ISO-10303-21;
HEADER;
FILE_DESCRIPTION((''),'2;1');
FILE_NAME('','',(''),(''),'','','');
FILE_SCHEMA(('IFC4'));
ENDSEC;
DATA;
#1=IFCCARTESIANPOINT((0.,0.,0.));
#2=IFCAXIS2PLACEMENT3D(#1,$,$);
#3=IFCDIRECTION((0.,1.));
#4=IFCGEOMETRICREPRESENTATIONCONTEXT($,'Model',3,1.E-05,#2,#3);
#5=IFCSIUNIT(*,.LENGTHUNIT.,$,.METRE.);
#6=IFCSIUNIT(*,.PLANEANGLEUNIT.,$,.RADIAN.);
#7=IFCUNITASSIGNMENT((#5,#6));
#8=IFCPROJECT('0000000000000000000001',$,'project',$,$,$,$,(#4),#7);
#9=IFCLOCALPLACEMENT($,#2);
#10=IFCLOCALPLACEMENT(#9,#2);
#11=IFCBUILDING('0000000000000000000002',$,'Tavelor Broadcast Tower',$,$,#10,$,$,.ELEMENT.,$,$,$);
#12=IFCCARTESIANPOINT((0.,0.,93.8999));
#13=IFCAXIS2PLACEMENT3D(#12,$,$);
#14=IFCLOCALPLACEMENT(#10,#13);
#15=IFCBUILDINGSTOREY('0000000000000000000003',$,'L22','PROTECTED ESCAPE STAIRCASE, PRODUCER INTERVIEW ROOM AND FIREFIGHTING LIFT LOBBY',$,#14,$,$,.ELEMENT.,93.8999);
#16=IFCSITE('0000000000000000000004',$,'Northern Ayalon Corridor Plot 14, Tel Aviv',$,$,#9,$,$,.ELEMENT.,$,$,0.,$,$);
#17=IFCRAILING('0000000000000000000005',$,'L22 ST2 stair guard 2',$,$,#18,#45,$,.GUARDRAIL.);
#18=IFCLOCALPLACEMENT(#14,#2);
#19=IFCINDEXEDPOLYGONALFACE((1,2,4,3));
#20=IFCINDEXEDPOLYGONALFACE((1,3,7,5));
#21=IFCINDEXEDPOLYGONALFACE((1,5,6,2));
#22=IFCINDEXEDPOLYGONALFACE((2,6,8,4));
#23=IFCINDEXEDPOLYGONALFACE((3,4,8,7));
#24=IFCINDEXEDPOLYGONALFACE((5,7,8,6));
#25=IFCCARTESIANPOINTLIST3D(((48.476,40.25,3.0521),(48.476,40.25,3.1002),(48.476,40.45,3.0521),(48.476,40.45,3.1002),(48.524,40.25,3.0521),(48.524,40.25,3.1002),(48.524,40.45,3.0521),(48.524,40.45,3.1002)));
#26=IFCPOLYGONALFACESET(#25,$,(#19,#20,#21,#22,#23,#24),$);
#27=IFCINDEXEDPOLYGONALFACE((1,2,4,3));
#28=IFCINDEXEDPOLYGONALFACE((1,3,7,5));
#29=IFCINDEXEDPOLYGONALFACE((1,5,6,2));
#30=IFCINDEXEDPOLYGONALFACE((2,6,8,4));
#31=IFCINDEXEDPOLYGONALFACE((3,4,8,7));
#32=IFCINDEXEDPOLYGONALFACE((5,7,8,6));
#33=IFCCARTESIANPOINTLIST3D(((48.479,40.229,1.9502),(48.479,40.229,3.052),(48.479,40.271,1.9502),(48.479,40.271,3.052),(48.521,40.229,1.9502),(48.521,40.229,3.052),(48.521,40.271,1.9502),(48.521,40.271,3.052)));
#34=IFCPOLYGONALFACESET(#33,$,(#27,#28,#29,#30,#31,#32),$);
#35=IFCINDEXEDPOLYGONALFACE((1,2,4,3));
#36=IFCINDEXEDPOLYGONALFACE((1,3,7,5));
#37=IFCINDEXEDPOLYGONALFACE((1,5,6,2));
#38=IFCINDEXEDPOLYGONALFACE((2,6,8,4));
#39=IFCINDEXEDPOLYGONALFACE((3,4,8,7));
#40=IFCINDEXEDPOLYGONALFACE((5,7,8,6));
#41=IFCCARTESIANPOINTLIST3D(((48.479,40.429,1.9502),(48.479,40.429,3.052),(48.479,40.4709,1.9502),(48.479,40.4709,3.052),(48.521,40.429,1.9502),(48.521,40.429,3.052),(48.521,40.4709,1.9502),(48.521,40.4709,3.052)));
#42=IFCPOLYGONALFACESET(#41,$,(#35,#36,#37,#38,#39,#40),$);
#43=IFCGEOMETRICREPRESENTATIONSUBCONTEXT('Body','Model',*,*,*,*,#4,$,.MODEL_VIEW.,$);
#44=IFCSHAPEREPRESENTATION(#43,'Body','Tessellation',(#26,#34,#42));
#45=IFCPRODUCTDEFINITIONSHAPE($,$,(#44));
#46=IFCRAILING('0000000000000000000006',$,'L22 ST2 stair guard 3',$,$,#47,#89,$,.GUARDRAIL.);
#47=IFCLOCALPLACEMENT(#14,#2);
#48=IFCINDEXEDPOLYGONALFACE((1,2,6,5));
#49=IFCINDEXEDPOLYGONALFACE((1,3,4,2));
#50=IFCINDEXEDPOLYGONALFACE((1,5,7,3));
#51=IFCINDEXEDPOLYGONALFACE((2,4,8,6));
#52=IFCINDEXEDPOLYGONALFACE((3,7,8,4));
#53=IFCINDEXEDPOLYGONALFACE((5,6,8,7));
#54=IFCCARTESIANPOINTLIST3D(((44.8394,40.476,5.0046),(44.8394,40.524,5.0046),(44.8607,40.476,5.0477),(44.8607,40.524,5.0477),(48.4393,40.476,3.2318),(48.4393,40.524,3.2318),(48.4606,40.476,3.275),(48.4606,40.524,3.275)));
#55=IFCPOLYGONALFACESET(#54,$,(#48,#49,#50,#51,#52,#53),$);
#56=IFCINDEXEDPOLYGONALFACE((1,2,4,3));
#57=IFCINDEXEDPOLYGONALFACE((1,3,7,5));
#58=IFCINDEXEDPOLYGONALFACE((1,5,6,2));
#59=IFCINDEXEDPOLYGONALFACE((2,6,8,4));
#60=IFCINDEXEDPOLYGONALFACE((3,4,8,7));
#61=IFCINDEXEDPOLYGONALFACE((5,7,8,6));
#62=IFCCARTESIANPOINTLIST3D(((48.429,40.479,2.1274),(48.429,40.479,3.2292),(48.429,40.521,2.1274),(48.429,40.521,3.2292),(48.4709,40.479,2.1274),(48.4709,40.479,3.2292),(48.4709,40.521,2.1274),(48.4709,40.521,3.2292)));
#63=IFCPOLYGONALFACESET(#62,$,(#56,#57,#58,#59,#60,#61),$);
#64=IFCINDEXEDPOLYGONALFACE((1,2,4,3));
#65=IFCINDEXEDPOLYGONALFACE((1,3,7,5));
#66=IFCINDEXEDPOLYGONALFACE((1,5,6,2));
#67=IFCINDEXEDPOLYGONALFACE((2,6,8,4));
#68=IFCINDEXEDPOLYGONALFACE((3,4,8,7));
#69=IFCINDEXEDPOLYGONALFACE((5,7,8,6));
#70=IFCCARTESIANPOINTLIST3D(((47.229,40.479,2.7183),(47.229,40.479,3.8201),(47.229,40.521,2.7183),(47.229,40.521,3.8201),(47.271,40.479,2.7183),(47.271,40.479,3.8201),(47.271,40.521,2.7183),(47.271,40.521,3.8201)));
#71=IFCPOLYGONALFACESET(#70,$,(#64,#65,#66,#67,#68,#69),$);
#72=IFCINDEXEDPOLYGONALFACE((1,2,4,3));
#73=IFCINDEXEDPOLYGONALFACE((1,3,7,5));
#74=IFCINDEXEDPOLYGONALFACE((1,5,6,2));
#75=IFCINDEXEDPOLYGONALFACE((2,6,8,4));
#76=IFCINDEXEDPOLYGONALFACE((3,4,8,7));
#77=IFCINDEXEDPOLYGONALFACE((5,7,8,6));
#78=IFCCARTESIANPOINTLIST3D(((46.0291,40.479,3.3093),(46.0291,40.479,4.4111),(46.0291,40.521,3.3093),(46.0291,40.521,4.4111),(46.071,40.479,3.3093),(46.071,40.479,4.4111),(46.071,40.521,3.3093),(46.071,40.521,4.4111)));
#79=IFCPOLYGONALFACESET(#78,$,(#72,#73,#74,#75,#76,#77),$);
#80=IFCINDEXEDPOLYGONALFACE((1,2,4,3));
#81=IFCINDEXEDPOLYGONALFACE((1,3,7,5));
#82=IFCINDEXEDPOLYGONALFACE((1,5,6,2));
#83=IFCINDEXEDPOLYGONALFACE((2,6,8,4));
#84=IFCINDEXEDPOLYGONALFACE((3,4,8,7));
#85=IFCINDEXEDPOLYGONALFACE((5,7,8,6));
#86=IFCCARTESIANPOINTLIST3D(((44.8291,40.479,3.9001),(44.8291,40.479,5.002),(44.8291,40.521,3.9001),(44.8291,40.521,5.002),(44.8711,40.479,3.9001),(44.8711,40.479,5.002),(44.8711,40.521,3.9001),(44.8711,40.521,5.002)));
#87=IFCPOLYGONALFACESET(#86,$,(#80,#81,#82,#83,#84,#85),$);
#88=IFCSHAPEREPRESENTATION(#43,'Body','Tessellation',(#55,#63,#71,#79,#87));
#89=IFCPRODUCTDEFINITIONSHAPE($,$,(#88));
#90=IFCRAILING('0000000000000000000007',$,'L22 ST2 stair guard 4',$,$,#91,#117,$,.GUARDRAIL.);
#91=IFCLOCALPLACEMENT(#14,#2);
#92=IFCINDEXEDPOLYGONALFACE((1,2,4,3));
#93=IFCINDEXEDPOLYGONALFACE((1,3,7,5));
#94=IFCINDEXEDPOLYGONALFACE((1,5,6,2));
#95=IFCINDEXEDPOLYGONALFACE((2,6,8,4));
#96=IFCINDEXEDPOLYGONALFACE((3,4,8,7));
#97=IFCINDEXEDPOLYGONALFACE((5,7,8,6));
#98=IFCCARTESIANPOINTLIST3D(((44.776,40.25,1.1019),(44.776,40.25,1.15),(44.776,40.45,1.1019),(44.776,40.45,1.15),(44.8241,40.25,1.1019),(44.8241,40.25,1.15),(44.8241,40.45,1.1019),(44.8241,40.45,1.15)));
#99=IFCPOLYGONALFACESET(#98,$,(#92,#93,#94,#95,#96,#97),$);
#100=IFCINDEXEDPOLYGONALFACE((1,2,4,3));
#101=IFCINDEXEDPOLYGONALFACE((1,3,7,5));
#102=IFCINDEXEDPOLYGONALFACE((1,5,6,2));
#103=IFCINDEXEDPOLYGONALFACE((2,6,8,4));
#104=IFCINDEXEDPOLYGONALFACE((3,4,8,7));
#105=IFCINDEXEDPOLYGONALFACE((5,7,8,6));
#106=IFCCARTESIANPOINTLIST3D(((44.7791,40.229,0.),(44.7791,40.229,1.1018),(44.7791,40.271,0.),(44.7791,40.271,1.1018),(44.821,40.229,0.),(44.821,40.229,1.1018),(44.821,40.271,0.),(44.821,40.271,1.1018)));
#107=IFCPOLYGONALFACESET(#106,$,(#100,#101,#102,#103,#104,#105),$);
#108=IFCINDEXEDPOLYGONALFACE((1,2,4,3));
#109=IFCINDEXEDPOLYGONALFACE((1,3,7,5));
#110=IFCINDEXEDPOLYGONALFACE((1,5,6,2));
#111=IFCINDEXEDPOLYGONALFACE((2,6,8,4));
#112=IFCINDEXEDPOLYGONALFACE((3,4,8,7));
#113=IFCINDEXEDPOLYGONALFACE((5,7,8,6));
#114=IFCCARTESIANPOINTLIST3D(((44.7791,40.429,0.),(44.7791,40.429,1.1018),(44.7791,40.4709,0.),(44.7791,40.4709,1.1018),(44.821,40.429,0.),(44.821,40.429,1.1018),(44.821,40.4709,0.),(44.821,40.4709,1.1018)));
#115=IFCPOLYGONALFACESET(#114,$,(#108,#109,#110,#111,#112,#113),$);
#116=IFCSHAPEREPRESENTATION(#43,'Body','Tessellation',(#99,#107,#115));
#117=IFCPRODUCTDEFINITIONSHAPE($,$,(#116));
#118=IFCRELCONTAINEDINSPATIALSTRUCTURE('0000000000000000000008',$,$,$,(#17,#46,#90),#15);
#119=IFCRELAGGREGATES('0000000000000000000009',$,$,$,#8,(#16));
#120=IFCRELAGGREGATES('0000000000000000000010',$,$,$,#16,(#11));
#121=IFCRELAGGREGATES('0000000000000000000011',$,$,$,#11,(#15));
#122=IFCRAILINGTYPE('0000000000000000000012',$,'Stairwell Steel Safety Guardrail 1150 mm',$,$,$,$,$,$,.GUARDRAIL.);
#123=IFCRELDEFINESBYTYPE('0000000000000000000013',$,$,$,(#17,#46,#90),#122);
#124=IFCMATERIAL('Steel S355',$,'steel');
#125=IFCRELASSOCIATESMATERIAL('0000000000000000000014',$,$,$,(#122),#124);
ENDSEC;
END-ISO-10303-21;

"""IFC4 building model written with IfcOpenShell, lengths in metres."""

from ifc_helpers import new_model, si_unit, direction, frame, origin, origin_2d, place, context, subcontext, project, spatial, rectangle, extrude, material, type_object, element, save


model = new_model("IFC4")

# Units and contexts
model_context = context("Model", 3, precision=1e-05, world=origin(), true_north=direction((0.0, 1.0)))
body_context = subcontext(model_context, "Body", "Model", "MODEL_VIEW")
ifc_project = project(units=[si_unit("LENGTHUNIT", "METRE"), si_unit("PLANEANGLEUNIT", "RADIAN")], contexts=[model_context])

# Site, building, storey
site_placement = place(None, origin())
site = spatial("IfcSite", under=ifc_project, at=site_placement, Name="Northern Ayalon Corridor Plot 14, Tel Aviv", CompositionType="ELEMENT", RefElevation=0.0)
building_placement = place(site_placement, origin())
building = spatial("IfcBuilding", under=site, at=building_placement, Name="Tavelor Broadcast Tower", CompositionType="ELEMENT")
storey_placement = place(building_placement, frame((0.0, 0.0, 93.8999)))
storey = spatial("IfcBuildingStorey", under=building, at=storey_placement, Name="L22", Description="PROTECTED ESCAPE STAIRCASE, PRODUCER INTERVIEW ROOM AND FIREFIGHTING LIFT LOBBY", CompositionType="ELEMENT", Elevation=93.8999)

# Shared definitions
ifc_material_1 = material(Name="Steel S355", Category="steel")

# Railings
railing_type_1 = type_object("IfcRailingType", Name="Stairwell Steel Safety Guardrail 1150 mm", PredefinedType="GUARDRAIL", material=ifc_material_1)
railing_1_placement = place(storey_placement, frame((48.5, 40.25, 1.9502)))
element("IfcRailing", 1, at=railing_1_placement, inside=storey, type_object=railing_type_1, Name="L22 ST2 stair guard 2", PredefinedType="GUARDRAIL", context=body_context, shape_type="SweptSolid", body=[
    extrude(rectangle(XDim=0.0481, YDim=0.0481, at=origin_2d()), frame((0.0, 0.0, 1.126), z_axis=(0.0, 1.0, 0.0), x_axis=(-1.0, 0.0, 0.0)), (0.0, 0.0, 1.0), 0.2),
    extrude(rectangle(XDim=0.042, YDim=0.042, at=origin_2d()), origin(), (0.0, 0.0, 1.0), 1.1018),
    extrude(rectangle(XDim=0.042, YDim=0.042, at=origin_2d()), frame((0.0, 0.2, 0.0)), (0.0, 0.0, 1.0), 1.1018),
])
railing_2_placement = place(storey_placement, frame((48.45, 40.5, 2.1274)))
element("IfcRailing", 2, at=railing_2_placement, inside=storey, type_object=railing_type_1, Name="L22 ST2 stair guard 3", PredefinedType="GUARDRAIL", context=body_context, shape_type="SweptSolid", body=[
    extrude(rectangle(XDim=0.0481, YDim=0.0481, at=origin_2d()), frame((0.0, 0.0, 1.126), z_axis=(-0.897124, 0.0, 0.441778), x_axis=(0.0, -1.0, 0.0)), (0.0, 0.0, 1.0), 4.0127),
    extrude(rectangle(XDim=0.042, YDim=0.042, at=origin_2d()), origin(), (0.0, 0.0, 1.0), 1.1018),
    extrude(rectangle(XDim=0.042, YDim=0.042, at=origin_2d()), frame((-1.2, 0.0, 0.5908)), (0.0, 0.0, 1.0), 1.1018),
    extrude(rectangle(XDim=0.042, YDim=0.042, at=origin_2d()), frame((-2.3999, 0.0, 1.1819)), (0.0, 0.0, 1.0), 1.1018),
    extrude(rectangle(XDim=0.042, YDim=0.042, at=origin_2d()), frame((-3.5999, 0.0, 1.7727)), (0.0, 0.0, 1.0), 1.1018),
])
railing_3_placement = place(storey_placement, frame((44.8, 40.25, 0.0)))
element("IfcRailing", 3, at=railing_3_placement, inside=storey, type_object=railing_type_1, Name="L22 ST2 stair guard 4", PredefinedType="GUARDRAIL", context=body_context, shape_type="SweptSolid", body=[
    extrude(rectangle(XDim=0.0481, YDim=0.0481, at=origin_2d()), frame((0.0, 0.0, 1.126), z_axis=(0.0, 1.0, 0.0), x_axis=(-1.0, 0.0, 0.0)), (0.0, 0.0, 1.0), 0.2),
    extrude(rectangle(XDim=0.042, YDim=0.042, at=origin_2d()), origin(), (0.0, 0.0, 1.0), 1.1018),
    extrude(rectangle(XDim=0.042, YDim=0.042, at=origin_2d()), frame((0.0, 0.2, 0.0)), (0.0, 0.0, 1.0), 1.1018),
])

save(model, "model.ifc")
